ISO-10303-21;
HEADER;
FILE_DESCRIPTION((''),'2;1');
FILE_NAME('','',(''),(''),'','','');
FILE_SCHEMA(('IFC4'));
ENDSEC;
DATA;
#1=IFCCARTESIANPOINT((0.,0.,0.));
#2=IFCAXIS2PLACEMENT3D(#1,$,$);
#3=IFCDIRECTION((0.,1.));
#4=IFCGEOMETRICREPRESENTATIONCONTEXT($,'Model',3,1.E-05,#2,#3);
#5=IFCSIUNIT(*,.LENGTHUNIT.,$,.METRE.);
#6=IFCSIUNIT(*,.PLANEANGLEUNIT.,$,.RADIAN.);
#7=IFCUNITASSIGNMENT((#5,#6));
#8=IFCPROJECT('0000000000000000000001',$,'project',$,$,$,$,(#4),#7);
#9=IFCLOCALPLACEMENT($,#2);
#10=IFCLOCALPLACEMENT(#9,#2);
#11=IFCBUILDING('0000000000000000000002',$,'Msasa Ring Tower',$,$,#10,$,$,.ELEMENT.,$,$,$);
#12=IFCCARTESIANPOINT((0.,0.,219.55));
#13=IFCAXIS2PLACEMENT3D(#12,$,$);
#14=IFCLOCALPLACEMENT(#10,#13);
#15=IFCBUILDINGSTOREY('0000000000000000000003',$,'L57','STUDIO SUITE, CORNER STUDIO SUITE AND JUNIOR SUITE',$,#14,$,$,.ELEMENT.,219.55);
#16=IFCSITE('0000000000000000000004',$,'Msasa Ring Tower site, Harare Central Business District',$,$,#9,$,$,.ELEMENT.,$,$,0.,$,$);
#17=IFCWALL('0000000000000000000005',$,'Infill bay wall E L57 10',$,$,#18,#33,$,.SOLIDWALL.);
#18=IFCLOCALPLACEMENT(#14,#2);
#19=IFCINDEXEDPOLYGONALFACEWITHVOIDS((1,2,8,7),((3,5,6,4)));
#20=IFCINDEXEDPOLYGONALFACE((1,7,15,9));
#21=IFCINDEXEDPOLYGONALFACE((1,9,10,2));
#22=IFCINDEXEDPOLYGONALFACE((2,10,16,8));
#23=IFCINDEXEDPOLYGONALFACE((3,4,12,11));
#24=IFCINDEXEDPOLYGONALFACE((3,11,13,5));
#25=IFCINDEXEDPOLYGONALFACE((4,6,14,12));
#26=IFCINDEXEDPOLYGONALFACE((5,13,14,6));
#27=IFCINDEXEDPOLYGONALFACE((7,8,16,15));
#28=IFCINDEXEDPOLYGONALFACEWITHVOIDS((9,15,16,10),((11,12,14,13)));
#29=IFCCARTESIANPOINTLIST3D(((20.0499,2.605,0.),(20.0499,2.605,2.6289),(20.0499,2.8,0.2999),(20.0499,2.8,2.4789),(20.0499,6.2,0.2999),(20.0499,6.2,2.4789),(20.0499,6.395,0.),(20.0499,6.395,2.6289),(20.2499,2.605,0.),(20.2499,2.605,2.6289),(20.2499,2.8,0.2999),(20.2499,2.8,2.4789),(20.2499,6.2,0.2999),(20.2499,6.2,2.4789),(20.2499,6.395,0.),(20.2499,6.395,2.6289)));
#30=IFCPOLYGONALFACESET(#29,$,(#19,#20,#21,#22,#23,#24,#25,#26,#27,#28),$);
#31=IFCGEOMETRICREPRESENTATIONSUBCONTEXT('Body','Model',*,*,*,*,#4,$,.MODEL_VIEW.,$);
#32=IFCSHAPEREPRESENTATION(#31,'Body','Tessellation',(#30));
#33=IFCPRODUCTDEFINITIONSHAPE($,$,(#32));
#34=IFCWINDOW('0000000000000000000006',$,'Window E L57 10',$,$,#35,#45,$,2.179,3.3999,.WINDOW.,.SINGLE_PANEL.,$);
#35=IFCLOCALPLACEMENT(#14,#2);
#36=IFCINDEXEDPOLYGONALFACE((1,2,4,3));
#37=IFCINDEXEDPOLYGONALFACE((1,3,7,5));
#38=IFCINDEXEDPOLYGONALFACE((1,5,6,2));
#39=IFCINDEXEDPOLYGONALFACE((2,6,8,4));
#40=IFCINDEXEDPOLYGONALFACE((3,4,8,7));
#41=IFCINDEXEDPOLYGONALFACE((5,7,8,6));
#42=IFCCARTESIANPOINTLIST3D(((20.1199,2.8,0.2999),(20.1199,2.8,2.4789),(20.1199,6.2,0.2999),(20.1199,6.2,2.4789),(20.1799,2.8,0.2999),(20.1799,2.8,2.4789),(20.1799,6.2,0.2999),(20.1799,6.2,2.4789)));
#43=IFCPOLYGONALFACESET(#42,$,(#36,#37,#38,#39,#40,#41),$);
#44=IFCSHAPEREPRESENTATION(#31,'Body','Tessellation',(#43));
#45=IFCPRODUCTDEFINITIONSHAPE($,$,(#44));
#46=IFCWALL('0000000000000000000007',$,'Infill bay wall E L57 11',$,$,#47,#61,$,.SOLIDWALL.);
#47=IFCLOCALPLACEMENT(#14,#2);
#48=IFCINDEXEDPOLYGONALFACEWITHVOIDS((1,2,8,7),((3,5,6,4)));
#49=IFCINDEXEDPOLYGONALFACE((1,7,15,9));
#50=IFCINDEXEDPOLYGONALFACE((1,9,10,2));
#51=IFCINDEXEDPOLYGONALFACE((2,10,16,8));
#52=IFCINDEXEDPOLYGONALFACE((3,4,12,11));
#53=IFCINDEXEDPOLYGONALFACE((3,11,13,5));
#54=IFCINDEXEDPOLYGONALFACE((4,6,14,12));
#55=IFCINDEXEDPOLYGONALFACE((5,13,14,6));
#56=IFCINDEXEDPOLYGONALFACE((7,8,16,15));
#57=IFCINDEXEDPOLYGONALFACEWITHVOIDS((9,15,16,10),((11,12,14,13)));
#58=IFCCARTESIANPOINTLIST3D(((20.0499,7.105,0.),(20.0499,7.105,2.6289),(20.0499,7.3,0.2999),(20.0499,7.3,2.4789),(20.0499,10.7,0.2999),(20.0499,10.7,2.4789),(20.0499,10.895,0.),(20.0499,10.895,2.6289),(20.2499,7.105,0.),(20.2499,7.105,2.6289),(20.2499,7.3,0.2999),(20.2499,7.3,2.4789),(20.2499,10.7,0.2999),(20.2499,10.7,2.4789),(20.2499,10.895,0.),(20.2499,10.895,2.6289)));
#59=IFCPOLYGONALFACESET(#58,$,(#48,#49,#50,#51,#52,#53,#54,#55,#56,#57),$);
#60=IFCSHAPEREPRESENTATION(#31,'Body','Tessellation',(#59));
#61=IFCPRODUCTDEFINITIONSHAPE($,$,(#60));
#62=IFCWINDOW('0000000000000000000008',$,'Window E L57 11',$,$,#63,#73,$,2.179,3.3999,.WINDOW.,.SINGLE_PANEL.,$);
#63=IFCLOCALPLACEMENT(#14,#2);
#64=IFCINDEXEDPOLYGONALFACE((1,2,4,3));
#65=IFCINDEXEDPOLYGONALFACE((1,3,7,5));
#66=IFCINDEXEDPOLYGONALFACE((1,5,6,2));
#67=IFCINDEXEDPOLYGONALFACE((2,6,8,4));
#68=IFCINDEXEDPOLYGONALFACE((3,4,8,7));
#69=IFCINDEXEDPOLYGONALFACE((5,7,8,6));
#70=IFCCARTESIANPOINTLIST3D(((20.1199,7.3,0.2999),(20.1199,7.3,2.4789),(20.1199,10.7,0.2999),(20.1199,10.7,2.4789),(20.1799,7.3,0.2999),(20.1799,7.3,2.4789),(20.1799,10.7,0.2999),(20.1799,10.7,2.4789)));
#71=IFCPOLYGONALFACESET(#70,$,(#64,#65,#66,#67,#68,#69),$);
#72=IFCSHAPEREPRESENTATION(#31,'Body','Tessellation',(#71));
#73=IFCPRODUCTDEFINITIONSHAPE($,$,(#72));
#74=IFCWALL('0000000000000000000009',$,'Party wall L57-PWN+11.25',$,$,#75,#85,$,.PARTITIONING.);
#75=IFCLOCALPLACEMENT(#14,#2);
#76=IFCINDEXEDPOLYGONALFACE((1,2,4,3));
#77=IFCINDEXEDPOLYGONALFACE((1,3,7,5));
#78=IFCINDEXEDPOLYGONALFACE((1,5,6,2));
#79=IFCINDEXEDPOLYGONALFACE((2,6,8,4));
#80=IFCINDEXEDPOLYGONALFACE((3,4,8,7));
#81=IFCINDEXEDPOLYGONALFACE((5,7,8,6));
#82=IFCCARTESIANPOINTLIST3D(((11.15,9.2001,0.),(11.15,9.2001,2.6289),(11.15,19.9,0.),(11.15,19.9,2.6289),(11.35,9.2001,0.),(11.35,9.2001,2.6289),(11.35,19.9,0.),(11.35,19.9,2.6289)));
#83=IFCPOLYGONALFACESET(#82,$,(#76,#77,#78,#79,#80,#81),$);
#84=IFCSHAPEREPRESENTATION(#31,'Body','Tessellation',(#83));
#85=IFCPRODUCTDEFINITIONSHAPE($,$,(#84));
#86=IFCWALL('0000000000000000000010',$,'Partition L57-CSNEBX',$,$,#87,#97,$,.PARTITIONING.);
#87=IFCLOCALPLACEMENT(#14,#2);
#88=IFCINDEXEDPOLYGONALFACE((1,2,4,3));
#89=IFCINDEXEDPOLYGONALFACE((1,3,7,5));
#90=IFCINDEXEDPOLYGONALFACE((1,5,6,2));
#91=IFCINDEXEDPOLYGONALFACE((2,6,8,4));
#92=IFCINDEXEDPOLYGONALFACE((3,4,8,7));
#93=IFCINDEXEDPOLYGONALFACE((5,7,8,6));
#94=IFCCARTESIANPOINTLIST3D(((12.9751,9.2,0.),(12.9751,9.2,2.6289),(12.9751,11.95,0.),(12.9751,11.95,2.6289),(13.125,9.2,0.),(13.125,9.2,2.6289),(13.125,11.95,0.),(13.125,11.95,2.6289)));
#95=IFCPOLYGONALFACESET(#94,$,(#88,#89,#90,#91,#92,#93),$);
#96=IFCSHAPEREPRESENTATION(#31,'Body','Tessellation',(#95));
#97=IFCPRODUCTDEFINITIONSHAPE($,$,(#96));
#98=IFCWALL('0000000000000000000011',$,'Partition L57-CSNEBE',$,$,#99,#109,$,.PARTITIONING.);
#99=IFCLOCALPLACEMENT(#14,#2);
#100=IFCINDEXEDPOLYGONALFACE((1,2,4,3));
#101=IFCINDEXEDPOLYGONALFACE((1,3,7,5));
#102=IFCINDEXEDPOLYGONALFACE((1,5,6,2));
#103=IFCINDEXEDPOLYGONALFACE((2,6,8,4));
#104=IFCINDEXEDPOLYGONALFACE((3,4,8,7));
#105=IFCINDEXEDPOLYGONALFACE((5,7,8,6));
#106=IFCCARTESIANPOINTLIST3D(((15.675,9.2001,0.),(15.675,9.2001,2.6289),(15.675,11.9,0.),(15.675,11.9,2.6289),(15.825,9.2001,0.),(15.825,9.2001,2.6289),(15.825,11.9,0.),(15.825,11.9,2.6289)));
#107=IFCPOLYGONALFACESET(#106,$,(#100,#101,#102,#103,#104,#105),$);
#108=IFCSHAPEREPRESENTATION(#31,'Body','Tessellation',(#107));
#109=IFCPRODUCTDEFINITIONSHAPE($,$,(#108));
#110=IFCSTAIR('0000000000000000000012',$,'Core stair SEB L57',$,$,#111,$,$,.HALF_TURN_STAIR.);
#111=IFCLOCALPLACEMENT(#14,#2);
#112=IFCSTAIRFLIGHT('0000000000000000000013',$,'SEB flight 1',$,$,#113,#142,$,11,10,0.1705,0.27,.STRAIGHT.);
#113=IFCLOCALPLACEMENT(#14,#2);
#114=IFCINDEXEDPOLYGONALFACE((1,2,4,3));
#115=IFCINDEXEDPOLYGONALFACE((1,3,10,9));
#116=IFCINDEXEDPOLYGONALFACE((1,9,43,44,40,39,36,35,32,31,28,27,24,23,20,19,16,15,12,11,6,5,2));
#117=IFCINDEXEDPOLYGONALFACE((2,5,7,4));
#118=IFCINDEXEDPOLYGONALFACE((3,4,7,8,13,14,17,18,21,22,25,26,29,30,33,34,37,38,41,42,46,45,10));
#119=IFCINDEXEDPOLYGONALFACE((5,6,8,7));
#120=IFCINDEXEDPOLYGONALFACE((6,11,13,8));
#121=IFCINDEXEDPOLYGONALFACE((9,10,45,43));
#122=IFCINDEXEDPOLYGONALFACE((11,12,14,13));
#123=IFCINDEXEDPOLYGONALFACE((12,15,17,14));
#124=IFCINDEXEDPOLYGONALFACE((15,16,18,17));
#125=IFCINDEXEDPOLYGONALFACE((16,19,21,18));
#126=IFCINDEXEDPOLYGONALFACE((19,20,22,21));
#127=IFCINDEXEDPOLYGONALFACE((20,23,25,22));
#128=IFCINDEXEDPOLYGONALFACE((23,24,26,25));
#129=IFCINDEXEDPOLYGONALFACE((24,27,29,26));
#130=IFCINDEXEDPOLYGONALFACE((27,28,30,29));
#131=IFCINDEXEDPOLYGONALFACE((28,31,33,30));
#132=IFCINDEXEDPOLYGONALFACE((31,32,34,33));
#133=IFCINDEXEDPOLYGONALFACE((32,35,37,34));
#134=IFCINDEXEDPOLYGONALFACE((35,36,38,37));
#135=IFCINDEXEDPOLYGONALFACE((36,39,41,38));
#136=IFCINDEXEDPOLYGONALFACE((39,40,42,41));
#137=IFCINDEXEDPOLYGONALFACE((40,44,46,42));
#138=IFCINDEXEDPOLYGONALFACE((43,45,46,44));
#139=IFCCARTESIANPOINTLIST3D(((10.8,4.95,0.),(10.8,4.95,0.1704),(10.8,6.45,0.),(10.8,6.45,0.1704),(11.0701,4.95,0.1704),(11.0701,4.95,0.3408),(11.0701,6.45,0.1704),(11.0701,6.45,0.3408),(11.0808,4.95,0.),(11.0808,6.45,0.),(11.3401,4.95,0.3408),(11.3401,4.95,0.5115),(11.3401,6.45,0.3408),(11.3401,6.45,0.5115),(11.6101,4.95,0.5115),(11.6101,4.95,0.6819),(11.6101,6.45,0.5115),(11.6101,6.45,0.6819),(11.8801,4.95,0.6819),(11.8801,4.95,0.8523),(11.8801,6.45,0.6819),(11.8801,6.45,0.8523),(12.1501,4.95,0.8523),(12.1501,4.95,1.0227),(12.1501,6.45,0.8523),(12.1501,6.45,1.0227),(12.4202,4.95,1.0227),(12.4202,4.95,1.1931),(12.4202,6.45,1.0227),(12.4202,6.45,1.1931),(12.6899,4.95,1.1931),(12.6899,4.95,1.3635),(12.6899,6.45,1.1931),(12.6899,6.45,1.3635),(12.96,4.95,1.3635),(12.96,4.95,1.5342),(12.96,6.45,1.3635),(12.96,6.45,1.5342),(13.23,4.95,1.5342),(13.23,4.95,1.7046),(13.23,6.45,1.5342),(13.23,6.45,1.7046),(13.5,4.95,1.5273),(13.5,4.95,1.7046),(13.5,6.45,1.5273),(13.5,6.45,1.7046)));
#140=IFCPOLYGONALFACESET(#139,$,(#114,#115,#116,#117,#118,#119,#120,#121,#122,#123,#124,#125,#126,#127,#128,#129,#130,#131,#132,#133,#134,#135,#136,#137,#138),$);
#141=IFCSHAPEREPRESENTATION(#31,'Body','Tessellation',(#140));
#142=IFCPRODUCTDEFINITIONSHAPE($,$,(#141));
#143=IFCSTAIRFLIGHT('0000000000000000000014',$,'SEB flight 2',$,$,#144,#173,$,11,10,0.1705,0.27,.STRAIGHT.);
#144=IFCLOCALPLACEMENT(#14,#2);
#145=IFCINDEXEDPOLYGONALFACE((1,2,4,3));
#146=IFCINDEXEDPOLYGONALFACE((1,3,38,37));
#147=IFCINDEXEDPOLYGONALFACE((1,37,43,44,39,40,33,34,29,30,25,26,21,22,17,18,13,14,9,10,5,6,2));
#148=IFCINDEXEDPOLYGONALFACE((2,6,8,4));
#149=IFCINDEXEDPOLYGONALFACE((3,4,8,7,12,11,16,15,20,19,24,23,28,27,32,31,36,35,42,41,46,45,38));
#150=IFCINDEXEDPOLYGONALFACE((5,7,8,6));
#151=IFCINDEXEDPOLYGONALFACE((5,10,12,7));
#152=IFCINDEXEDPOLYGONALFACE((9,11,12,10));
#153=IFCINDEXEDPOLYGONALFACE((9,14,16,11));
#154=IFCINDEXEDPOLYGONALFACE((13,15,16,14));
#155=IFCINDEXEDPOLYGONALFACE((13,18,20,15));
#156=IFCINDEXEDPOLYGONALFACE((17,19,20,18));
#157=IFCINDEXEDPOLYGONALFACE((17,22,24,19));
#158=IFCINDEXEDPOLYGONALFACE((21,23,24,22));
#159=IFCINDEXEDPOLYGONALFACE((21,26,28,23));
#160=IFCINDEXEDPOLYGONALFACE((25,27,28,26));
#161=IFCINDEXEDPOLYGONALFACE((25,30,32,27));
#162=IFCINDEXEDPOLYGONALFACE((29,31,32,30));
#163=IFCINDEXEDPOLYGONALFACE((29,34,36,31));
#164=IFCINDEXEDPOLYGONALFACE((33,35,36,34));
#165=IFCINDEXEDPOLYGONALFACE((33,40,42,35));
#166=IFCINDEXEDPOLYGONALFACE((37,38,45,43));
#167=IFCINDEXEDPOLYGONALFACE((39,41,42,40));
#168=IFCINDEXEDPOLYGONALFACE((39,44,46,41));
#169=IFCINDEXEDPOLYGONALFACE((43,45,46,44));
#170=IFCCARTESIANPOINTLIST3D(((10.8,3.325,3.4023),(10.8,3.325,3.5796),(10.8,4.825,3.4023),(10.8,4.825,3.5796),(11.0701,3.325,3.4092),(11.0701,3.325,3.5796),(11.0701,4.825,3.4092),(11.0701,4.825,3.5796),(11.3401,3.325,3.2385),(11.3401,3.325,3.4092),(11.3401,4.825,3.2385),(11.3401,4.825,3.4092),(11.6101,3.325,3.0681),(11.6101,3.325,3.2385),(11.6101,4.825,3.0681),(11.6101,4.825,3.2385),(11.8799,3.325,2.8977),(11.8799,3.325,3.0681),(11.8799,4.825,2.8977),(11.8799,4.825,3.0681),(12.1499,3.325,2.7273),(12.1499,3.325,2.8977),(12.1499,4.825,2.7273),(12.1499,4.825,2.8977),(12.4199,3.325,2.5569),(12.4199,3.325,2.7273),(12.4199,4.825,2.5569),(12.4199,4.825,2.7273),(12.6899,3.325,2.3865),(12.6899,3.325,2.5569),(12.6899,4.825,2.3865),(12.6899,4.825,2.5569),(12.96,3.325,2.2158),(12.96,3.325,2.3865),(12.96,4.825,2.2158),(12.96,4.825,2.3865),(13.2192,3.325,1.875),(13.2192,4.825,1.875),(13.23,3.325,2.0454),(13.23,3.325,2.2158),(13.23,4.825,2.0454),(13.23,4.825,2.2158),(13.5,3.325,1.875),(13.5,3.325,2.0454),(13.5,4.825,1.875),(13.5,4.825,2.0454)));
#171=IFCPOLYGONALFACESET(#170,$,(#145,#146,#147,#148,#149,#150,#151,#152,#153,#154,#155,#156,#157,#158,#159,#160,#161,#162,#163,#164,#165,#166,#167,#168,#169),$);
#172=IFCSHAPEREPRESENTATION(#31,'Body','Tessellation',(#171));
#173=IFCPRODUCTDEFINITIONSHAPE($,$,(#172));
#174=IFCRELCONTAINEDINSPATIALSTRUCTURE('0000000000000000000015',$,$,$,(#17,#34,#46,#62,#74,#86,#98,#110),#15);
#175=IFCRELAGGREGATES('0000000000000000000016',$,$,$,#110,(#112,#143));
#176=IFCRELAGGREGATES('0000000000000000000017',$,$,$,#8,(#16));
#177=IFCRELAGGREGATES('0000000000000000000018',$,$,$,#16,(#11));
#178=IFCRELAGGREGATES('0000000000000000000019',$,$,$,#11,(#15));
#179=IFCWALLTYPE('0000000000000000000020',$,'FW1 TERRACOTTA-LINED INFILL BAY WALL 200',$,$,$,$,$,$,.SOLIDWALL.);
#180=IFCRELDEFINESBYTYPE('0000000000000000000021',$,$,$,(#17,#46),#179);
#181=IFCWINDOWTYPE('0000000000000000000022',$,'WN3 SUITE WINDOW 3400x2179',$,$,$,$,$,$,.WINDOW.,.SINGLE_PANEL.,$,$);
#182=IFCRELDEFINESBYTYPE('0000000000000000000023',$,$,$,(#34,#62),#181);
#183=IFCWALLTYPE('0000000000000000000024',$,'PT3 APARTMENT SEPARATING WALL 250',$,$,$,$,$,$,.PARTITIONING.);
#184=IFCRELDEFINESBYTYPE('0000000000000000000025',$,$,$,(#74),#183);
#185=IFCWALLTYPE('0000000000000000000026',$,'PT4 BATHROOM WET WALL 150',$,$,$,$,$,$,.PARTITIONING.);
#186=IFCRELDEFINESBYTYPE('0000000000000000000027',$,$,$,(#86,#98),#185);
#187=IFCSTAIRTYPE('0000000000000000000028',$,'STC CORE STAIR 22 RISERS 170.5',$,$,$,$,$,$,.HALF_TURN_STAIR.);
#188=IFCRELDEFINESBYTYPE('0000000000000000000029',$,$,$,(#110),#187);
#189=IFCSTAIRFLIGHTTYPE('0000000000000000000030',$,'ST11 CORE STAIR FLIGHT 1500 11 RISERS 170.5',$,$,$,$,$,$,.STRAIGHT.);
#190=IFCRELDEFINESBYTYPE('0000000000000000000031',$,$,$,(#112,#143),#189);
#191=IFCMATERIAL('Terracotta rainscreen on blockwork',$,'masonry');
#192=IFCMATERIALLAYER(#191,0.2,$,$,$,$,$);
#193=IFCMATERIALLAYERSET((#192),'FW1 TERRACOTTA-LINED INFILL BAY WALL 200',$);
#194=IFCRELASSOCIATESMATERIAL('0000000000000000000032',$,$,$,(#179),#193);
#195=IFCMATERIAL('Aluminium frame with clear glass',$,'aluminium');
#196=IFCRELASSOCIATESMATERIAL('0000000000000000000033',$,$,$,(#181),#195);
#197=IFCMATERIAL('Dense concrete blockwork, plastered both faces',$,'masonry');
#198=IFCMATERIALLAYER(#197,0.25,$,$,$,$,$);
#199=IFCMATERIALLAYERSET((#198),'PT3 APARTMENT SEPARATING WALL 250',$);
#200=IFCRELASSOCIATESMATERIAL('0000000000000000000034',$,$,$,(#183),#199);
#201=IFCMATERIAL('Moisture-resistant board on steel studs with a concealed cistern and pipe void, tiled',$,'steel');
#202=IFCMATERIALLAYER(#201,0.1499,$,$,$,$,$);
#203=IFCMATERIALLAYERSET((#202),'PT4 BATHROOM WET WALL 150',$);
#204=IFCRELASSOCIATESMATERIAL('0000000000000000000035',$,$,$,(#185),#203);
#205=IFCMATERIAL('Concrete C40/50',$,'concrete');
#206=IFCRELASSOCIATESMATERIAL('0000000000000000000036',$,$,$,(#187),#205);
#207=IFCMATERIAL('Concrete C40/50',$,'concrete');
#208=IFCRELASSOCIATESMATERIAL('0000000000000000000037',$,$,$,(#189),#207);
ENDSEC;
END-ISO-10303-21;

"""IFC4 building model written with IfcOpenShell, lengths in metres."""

from ifc_helpers import new_model, si_unit, direction, frame, frame_2d, origin, place, context, subcontext, project, spatial, polyline, rectangle, outline, extrude, material, layer, layer_set, type_object, element, fill, aggregate, save


model = new_model("IFC4")

# Units and contexts
model_context = context("Model", 3, precision=1e-05, world=origin(), true_north=direction((0.0, 1.0)))
body_context = subcontext(model_context, "Body", "Model", "MODEL_VIEW")
ifc_project = project(units=[si_unit("LENGTHUNIT", "METRE"), si_unit("PLANEANGLEUNIT", "RADIAN")], contexts=[model_context])

# Site, building, storey
site_placement = place(None, origin())
site = spatial("IfcSite", under=ifc_project, at=site_placement, Name="Msasa Ring Tower site, Harare Central Business District", CompositionType="ELEMENT", RefElevation=0.0)
building_placement = place(site_placement, origin())
building = spatial("IfcBuilding", under=site, at=building_placement, Name="Msasa Ring Tower", CompositionType="ELEMENT")
storey_placement = place(building_placement, frame((0.0, 0.0, 219.55)))
storey = spatial("IfcBuildingStorey", under=building, at=storey_placement, Name="L57", Description="STUDIO SUITE, CORNER STUDIO SUITE AND JUNIOR SUITE", CompositionType="ELEMENT", Elevation=219.55)

# Walls, openings, windows
ifc_material_1 = material(Name="Terracotta rainscreen on blockwork", Category="masonry")
ifc_layer_1 = layer(ifc_material_1, 0.2)
ifc_layer_set_1 = layer_set([ifc_layer_1], Name="FW1 TERRACOTTA-LINED INFILL BAY WALL 200")
wall_type_1 = type_object("IfcWallType", Name="FW1 TERRACOTTA-LINED INFILL BAY WALL 200", PredefinedType="SOLIDWALL", material=ifc_layer_set_1)
wall_1_placement = place(storey_placement, frame((20.1499, 2.605, 0.0), z_axis=(0.0, 0.0, 1.0), x_axis=(0.0, 1.0, 0.0)))
wall_1 = element("IfcWall", 1, at=wall_1_placement, inside=storey, type_object=wall_type_1, Name="Infill bay wall E L57 10", PredefinedType="SOLIDWALL", context=body_context, shape_type="SweptSolid", body=[
    extrude(rectangle(XDim=3.79, YDim=0.2, at=frame_2d((1.895, 0.0))), origin(), (0.0, 0.0, 1.0), 2.6289),
])
opening_1_placement = place(wall_1_placement, frame((0.1951, 0.0, 0.3)))
opening_1 = element("IfcOpeningElement", 2, at=opening_1_placement, cuts=wall_1, PredefinedType="OPENING", context=body_context, shape_type="SweptSolid", body=[
    extrude(rectangle(XDim=3.3999, YDim=2.179, at=frame_2d((1.7, 1.0894))), frame((0.0, 0.1099, 0.0), z_axis=(0.0, -1.0, 0.0), x_axis=(1.0, 0.0, 0.0)), (0.0, 0.0, 1.0), 0.22),
])
ifc_material_2 = material(Name="Aluminium frame with clear glass", Category="aluminium")
window_type = type_object("IfcWindowType", Name="WN3 SUITE WINDOW 3400x2179", PartitioningType="SINGLE_PANEL", PredefinedType="WINDOW", material=ifc_material_2)
window_1_placement = place(opening_1_placement, origin())
window_1 = element("IfcWindow", 3, at=window_1_placement, inside=storey, type_object=window_type, Name="Window E L57 10", OverallHeight=2.179, OverallWidth=3.3999, PartitioningType="SINGLE_PANEL", PredefinedType="WINDOW", context=body_context, shape_type="SweptSolid", body=[
    extrude(rectangle(XDim=3.3999, YDim=2.179, at=frame_2d((1.7, 1.0894))), frame((0.0, 0.03, 0.0), z_axis=(0.0, -1.0, 0.0), x_axis=(1.0, 0.0, 0.0)), (0.0, 0.0, 1.0), 0.0601),
])
fill(opening_1, window_1)
wall_2_placement = place(storey_placement, frame((20.1499, 7.105, 0.0), z_axis=(0.0, 0.0, 1.0), x_axis=(0.0, 1.0, 0.0)))
wall_2 = element("IfcWall", 4, at=wall_2_placement, inside=storey, type_object=wall_type_1, Name="Infill bay wall E L57 11", PredefinedType="SOLIDWALL", context=body_context, shape_type="SweptSolid", body=[
    extrude(rectangle(XDim=3.79, YDim=0.2, at=frame_2d((1.895, 0.0))), origin(), (0.0, 0.0, 1.0), 2.6289),
])
opening_2_placement = place(wall_2_placement, frame((0.1951, 0.0, 0.3)))
opening_2 = element("IfcOpeningElement", 5, at=opening_2_placement, cuts=wall_2, PredefinedType="OPENING", context=body_context, shape_type="SweptSolid", body=[
    extrude(rectangle(XDim=3.3999, YDim=2.179, at=frame_2d((1.7, 1.0894))), frame((0.0, 0.1099, 0.0), z_axis=(0.0, -1.0, 0.0), x_axis=(1.0, 0.0, 0.0)), (0.0, 0.0, 1.0), 0.22),
])
window_2_placement = place(opening_2_placement, origin())
window_2 = element("IfcWindow", 6, at=window_2_placement, inside=storey, type_object=window_type, Name="Window E L57 11", OverallHeight=2.179, OverallWidth=3.3999, PartitioningType="SINGLE_PANEL", PredefinedType="WINDOW", context=body_context, shape_type="SweptSolid", body=[
    extrude(rectangle(XDim=3.3999, YDim=2.179, at=frame_2d((1.7, 1.0894))), frame((0.0, 0.03, 0.0), z_axis=(0.0, -1.0, 0.0), x_axis=(1.0, 0.0, 0.0)), (0.0, 0.0, 1.0), 0.0601),
])
fill(opening_2, window_2)

# Walls
ifc_material_3 = material(Name="Dense concrete blockwork, plastered both faces", Category="masonry")
ifc_layer_2 = layer(ifc_material_3, 0.25)
ifc_layer_set_2 = layer_set([ifc_layer_2], Name="PT3 APARTMENT SEPARATING WALL 250")
wall_type_2 = type_object("IfcWallType", Name="PT3 APARTMENT SEPARATING WALL 250", PredefinedType="PARTITIONING", material=ifc_layer_set_2)
wall_3_placement = place(storey_placement, frame((11.25, 9.2, 0.0), z_axis=(0.0, 0.0, 1.0), x_axis=(0.0, 1.0, 0.0)))
element("IfcWall", 7, at=wall_3_placement, inside=storey, type_object=wall_type_2, Name="Party wall L57-PWN+11.25", PredefinedType="PARTITIONING", context=body_context, shape_type="SweptSolid", body=[
    extrude(rectangle(XDim=10.7, YDim=0.2, at=frame_2d((5.3501, 0.0))), origin(), (0.0, 0.0, 1.0), 2.6289),
])
ifc_material_4 = material(Name="Moisture-resistant board on steel studs with a concealed cistern and pipe void, tiled", Category="steel")
ifc_layer_3 = layer(ifc_material_4, 0.1499)
ifc_layer_set_3 = layer_set([ifc_layer_3], Name="PT4 BATHROOM WET WALL 150")
wall_type_3 = type_object("IfcWallType", Name="PT4 BATHROOM WET WALL 150", PredefinedType="PARTITIONING", material=ifc_layer_set_3)
wall_4_placement = place(storey_placement, frame((13.05, 9.2, 0.0), z_axis=(0.0, 0.0, 1.0), x_axis=(0.0, 1.0, 0.0)))
element("IfcWall", 8, at=wall_4_placement, inside=storey, type_object=wall_type_3, Name="Partition L57-CSNEBX", PredefinedType="PARTITIONING", context=body_context, shape_type="SweptSolid", body=[
    extrude(rectangle(XDim=2.75, YDim=0.1499, at=frame_2d((1.375, 0.0))), origin(), (0.0, 0.0, 1.0), 2.6289),
])
wall_5_placement = place(storey_placement, frame((15.75, 9.2, 0.0), z_axis=(0.0, 0.0, 1.0), x_axis=(0.0, 1.0, 0.0)))
element("IfcWall", 9, at=wall_5_placement, inside=storey, type_object=wall_type_3, Name="Partition L57-CSNEBE", PredefinedType="PARTITIONING", context=body_context, shape_type="SweptSolid", body=[
    extrude(rectangle(XDim=2.7, YDim=0.1499, at=frame_2d((1.3501, 0.0))), origin(), (0.0, 0.0, 1.0), 2.6289),
])

# Stair, stair flights
ifc_material_5 = material(Name="Concrete C40/50", Category="concrete")
stair_type = type_object("IfcStairType", Name="STC CORE STAIR 22 RISERS 170.5", PredefinedType="HALF_TURN_STAIR", material=ifc_material_5)
stair_placement = place(storey_placement, origin())
stair = element("IfcStair", 10, at=stair_placement, inside=storey, type_object=stair_type, Name="Core stair SEB L57", PredefinedType="HALF_TURN_STAIR")
ifc_material_6 = material(Name="Concrete C40/50", Category="concrete")
stair_flight_type = type_object("IfcStairFlightType", Name="ST11 CORE STAIR FLIGHT 1500 11 RISERS 170.5", PredefinedType="STRAIGHT", material=ifc_material_6)
stair_flight_1_placement = place(storey_placement, frame((10.8, 5.7, 0.0), z_axis=(0.0, 0.0, 1.0), x_axis=(1.0, 0.0, 0.0)))
stair_flight_1 = element("IfcStairFlight", 11, at=stair_flight_1_placement, type_object=stair_flight_type, Name="SEB flight 1", NumberOfRisers=11, NumberOfTreads=10, PredefinedType="STRAIGHT", RiserHeight=0.1705, TreadLength=0.27, context=body_context, shape_type="SweptSolid", body=[
    extrude(outline(polyline([(0.0, 0.0), (0.0, 0.1704), (0.27, 0.1704), (0.27, 0.3408), (0.54, 0.3408), (0.54, 0.5115), (0.8101, 0.5115), (0.8101, 0.6819), (1.0801, 0.6819), (1.0801, 0.8523), (1.3501, 0.8523), (1.3501, 1.0227), (1.6201, 1.0227), (1.6201, 1.1931), (1.8899, 1.1931), (1.8899, 1.3635), (2.1599, 1.3635), (2.1599, 1.5342), (2.4299, 1.5342), (2.4299, 1.7046), (2.7, 1.7046), (2.7, 1.875), (2.7, 1.5273), (0.2808, 0.0), (0.0, 0.0)])), frame((0.0, 0.75, 0.0), z_axis=(0.0, -1.0, 0.0), x_axis=(1.0, 0.0, 0.0)), (0.0, 0.0, 1.0), 1.5),
])
stair_flight_2_placement = place(storey_placement, frame((13.5, 4.075, 1.875), z_axis=(0.0, 0.0, 1.0), x_axis=(-1.0, 0.0, 0.0)))
stair_flight_2 = element("IfcStairFlight", 12, at=stair_flight_2_placement, type_object=stair_flight_type, Name="SEB flight 2", NumberOfRisers=11, NumberOfTreads=10, PredefinedType="STRAIGHT", RiserHeight=0.1705, TreadLength=0.27, context=body_context, shape_type="SweptSolid", body=[
    extrude(outline(polyline([(0.0, 0.0), (0.0, 0.1704), (0.27, 0.1704), (0.27, 0.3408), (0.54, 0.3408), (0.54, 0.5115), (0.8101, 0.5115), (0.8101, 0.6819), (1.0801, 0.6819), (1.0801, 0.8523), (1.3501, 0.8523), (1.3501, 1.0227), (1.6201, 1.0227), (1.6201, 1.1931), (1.8899, 1.1931), (1.8899, 1.3635), (2.1599, 1.3635), (2.1599, 1.5342), (2.4299, 1.5342), (2.4299, 1.7046), (2.7, 1.7046), (2.7, 1.875), (2.7, 1.5273), (0.2808, 0.0), (0.0, 0.0)])), frame((0.0, 0.75, 0.0), z_axis=(0.0, -1.0, 0.0), x_axis=(1.0, 0.0, 0.0)), (0.0, 0.0, 1.0), 1.5),
])
aggregate(stair, [stair_flight_1, stair_flight_2])

save(model, "model.ifc")
